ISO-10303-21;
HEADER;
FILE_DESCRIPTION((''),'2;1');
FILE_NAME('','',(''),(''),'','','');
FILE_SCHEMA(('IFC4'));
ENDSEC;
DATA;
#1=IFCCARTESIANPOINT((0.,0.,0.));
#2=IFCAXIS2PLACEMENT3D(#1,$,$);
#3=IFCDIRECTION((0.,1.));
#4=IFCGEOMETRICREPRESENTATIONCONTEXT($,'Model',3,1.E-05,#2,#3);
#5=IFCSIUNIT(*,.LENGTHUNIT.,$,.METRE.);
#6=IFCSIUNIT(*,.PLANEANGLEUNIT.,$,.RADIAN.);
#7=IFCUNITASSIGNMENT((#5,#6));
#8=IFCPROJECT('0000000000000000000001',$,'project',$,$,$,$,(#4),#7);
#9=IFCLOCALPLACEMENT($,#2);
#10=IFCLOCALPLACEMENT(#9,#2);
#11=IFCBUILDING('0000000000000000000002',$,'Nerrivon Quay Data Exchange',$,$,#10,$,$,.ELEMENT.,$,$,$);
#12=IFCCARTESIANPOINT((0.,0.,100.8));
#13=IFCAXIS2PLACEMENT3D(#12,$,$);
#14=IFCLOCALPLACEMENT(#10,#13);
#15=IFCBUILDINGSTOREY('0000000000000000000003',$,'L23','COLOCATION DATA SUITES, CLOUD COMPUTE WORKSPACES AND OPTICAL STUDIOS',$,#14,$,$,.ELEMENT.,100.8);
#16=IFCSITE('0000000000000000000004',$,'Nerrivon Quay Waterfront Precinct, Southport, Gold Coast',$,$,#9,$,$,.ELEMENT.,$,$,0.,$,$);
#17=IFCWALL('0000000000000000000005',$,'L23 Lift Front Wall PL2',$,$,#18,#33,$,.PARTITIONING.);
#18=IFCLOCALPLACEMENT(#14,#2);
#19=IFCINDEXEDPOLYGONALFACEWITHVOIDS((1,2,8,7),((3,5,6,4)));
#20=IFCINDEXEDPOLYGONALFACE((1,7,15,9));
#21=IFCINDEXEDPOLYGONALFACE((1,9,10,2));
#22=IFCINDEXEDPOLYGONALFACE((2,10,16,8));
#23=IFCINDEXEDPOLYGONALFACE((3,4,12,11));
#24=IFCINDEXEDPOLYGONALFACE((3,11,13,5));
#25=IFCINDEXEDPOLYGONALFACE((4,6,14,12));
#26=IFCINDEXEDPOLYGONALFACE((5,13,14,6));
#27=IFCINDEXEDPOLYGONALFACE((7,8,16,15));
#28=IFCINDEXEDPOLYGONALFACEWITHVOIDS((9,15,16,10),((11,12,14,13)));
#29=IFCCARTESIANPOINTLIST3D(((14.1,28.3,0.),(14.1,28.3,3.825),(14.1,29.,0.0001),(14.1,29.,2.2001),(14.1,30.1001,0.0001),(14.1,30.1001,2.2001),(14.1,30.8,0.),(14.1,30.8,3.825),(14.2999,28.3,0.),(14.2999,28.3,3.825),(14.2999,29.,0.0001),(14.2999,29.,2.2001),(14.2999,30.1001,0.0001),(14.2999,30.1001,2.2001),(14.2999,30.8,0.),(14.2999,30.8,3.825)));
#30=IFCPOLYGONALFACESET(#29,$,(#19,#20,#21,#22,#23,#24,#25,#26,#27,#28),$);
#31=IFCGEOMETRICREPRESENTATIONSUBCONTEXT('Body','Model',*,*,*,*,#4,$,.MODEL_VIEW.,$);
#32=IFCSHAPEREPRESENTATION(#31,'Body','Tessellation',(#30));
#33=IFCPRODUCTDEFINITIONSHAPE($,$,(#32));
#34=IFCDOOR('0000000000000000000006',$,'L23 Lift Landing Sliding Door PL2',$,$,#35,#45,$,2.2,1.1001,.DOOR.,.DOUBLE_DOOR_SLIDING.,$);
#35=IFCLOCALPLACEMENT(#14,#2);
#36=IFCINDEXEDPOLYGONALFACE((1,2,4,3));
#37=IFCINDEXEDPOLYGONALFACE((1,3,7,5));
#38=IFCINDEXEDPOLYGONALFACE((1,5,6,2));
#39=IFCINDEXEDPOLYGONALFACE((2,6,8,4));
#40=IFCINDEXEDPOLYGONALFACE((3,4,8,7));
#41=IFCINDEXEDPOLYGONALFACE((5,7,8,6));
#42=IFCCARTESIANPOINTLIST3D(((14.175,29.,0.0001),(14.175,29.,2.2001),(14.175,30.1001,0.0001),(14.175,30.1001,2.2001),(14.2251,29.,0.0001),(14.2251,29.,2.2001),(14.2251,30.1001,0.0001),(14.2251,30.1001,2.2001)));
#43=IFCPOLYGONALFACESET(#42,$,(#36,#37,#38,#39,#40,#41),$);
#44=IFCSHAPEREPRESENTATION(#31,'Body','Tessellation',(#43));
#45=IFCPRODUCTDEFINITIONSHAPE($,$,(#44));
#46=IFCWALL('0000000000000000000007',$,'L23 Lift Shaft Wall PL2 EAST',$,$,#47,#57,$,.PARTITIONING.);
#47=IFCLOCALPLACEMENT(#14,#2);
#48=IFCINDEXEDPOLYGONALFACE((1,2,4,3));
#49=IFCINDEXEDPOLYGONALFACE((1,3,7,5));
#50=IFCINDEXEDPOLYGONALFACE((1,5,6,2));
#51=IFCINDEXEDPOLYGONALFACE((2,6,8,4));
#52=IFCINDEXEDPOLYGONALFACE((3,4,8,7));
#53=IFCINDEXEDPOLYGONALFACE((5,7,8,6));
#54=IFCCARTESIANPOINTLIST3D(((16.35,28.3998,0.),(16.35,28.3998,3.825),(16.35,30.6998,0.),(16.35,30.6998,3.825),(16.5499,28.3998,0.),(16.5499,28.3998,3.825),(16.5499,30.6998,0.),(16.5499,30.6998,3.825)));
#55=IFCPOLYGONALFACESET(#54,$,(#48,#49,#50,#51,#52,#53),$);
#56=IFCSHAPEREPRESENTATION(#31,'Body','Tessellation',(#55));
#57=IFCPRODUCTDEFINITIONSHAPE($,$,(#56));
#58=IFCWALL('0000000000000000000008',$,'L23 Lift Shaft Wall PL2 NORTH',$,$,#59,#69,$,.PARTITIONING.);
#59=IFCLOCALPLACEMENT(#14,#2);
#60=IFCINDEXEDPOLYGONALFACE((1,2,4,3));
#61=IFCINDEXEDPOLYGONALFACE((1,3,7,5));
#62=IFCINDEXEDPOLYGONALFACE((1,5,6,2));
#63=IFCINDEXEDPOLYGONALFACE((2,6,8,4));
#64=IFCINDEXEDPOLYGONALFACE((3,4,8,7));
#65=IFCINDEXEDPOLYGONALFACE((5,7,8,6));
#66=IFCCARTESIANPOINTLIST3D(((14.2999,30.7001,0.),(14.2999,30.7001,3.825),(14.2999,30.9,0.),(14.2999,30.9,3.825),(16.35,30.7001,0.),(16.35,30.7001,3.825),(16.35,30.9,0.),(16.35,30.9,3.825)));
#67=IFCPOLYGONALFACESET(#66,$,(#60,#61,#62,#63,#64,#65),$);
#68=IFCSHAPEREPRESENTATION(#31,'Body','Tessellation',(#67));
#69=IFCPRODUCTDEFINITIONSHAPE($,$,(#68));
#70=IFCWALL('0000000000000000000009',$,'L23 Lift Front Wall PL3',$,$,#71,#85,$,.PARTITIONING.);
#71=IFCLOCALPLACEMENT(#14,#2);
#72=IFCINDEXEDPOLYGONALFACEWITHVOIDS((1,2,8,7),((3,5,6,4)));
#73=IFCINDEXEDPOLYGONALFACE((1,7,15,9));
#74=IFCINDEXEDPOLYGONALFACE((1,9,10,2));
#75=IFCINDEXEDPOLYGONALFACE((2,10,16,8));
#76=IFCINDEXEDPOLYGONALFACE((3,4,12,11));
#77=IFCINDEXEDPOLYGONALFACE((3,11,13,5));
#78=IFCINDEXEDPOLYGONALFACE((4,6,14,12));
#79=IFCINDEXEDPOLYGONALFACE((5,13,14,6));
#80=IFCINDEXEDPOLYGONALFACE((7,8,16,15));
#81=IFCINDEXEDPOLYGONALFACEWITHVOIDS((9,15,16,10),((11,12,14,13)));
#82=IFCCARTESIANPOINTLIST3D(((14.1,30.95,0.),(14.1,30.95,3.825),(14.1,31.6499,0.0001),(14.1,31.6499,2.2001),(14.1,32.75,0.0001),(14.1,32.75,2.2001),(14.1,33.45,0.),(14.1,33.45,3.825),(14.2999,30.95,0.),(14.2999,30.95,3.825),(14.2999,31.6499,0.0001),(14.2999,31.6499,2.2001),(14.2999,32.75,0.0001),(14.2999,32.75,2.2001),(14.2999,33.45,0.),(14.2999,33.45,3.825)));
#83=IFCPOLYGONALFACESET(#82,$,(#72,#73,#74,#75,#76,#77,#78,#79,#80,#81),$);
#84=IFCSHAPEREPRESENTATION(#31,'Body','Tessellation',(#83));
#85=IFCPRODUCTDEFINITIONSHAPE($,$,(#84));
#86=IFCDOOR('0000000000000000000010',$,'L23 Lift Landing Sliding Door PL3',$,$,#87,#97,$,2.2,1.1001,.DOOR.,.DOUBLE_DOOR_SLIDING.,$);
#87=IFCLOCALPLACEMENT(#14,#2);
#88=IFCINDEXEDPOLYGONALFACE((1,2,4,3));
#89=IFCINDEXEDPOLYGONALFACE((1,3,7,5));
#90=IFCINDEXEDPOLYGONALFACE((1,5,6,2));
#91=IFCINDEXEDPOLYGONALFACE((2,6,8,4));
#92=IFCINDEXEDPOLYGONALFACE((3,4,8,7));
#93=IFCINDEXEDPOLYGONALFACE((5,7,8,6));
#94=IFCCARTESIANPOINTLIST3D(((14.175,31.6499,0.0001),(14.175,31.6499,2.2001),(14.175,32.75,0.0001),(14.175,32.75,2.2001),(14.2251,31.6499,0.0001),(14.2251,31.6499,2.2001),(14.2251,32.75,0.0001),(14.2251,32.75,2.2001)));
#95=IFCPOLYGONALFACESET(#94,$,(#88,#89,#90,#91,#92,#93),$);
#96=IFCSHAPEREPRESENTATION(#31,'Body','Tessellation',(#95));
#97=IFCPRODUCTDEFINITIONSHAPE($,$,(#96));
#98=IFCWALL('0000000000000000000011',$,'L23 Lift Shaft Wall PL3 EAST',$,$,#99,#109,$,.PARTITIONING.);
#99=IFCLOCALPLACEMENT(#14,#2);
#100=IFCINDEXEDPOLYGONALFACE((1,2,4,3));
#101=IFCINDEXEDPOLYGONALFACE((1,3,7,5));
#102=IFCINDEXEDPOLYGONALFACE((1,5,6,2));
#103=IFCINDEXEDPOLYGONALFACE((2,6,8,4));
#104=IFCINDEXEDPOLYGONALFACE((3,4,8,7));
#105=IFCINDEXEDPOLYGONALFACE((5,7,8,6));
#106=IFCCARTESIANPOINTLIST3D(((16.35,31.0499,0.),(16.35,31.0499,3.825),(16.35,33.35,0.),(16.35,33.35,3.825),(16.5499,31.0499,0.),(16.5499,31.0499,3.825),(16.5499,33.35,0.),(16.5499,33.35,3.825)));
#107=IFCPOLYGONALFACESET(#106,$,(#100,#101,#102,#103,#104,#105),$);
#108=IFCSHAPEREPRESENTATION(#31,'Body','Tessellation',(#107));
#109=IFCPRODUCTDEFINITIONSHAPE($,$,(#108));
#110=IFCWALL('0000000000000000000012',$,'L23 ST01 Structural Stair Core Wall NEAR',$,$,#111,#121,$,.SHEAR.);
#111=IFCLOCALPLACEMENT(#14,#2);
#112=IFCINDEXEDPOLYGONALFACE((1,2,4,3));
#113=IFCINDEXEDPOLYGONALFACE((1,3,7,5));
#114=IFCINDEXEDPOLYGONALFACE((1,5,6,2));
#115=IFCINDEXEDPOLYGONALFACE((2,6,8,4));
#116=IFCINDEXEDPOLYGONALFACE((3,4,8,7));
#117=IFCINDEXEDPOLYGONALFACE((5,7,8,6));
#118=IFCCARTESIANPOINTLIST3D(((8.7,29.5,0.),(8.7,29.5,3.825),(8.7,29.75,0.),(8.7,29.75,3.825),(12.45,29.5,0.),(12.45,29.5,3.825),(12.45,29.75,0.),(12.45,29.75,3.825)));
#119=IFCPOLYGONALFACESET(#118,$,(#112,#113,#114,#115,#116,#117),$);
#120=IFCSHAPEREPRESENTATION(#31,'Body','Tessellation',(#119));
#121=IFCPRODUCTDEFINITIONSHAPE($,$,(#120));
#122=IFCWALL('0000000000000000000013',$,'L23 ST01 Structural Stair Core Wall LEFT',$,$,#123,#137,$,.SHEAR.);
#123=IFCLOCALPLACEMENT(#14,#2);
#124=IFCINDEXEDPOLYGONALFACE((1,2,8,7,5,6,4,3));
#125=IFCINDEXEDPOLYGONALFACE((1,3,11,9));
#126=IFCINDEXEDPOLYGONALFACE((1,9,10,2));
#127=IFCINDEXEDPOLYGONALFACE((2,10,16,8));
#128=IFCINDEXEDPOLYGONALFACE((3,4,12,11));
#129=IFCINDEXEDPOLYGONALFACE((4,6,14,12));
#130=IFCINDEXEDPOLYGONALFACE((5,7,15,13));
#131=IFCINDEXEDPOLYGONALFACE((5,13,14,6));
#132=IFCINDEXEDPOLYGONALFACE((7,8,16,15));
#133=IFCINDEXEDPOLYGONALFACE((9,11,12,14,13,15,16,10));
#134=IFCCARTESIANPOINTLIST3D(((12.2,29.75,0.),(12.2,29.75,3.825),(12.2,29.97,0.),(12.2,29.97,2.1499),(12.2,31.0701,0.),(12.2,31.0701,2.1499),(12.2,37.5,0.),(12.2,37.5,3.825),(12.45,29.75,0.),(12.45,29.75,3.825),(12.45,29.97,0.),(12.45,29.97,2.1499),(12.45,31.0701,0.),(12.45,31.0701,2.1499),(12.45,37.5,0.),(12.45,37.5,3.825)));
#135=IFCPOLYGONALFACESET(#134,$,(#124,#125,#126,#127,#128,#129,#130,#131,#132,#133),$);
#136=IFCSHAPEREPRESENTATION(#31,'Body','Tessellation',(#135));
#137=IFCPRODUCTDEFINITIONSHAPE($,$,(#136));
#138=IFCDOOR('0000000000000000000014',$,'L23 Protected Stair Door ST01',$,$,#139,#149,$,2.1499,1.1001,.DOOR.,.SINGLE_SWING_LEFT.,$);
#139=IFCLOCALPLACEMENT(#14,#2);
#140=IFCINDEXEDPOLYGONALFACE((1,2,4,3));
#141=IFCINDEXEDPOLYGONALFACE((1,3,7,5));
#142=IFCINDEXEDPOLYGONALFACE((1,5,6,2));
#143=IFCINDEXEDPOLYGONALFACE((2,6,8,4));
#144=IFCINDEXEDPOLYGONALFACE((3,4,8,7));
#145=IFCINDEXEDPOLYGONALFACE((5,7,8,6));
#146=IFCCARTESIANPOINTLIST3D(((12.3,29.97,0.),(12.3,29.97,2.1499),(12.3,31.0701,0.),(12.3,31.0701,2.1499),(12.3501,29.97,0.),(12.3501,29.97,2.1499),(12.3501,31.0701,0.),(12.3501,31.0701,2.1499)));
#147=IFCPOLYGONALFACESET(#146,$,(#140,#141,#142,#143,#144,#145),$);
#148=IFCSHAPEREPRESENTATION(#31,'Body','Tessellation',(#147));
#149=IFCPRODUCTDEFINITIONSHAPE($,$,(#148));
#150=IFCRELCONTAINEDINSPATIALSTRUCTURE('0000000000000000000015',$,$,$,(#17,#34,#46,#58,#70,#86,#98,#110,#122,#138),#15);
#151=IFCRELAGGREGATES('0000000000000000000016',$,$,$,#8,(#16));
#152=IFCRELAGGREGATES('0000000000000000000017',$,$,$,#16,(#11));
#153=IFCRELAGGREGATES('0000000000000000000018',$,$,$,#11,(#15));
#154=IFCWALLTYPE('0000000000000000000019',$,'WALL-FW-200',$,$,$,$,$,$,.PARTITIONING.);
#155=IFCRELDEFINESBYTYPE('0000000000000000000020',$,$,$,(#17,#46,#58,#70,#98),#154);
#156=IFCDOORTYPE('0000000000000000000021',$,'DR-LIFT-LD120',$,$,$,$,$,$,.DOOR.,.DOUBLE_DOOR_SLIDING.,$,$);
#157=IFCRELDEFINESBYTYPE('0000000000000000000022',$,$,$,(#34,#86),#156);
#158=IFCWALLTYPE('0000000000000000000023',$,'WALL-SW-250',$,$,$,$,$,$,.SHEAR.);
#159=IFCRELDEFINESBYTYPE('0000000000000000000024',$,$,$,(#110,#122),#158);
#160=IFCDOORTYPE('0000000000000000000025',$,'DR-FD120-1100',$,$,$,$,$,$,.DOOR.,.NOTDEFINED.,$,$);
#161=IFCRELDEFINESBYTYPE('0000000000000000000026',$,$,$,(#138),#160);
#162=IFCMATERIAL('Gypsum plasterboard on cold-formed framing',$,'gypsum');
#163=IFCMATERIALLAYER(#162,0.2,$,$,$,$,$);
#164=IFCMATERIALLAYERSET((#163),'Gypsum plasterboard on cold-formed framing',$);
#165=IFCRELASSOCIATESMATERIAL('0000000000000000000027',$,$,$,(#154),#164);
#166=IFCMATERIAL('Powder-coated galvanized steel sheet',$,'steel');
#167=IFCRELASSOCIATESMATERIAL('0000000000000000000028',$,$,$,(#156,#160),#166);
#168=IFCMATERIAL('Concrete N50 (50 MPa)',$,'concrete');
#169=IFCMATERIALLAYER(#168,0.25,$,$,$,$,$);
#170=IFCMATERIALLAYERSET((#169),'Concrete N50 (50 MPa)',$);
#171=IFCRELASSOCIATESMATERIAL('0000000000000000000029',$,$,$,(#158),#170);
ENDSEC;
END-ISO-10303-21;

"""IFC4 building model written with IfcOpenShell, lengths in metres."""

from ifc_helpers import new_model, si_unit, direction, frame, frame_2d, origin, place, context, subcontext, project, spatial, rectangle, extrude, material, layer, layer_set, type_object, element, fill, save


model = new_model("IFC4")

# Units and contexts
model_context = context("Model", 3, precision=1e-05, world=origin(), true_north=direction((0.0, 1.0)))
body_context = subcontext(model_context, "Body", "Model", "MODEL_VIEW")
ifc_project = project(units=[si_unit("LENGTHUNIT", "METRE"), si_unit("PLANEANGLEUNIT", "RADIAN")], contexts=[model_context])

# Site, building, storey
site_placement = place(None, origin())
site = spatial("IfcSite", under=ifc_project, at=site_placement, Name="Nerrivon Quay Waterfront Precinct, Southport, Gold Coast", CompositionType="ELEMENT", RefElevation=0.0)
building_placement = place(site_placement, origin())
building = spatial("IfcBuilding", under=site, at=building_placement, Name="Nerrivon Quay Data Exchange", CompositionType="ELEMENT")
storey_placement = place(building_placement, frame((0.0, 0.0, 100.8)))
storey = spatial("IfcBuildingStorey", under=building, at=storey_placement, Name="L23", Description="COLOCATION DATA SUITES, CLOUD COMPUTE WORKSPACES AND OPTICAL STUDIOS", CompositionType="ELEMENT", Elevation=100.8)

# Shared definitions
ifc_material_1 = material(Name="Gypsum plasterboard on cold-formed framing", Category="gypsum")
ifc_layer_1 = layer(ifc_material_1, 0.2)
ifc_layer_set_1 = layer_set([ifc_layer_1], Name="Gypsum plasterboard on cold-formed framing")
wall_type_1 = type_object("IfcWallType", Name="WALL-FW-200", PredefinedType="PARTITIONING", material=ifc_layer_set_1)
ifc_material_2 = material(Name="Powder-coated galvanized steel sheet", Category="steel")
door_type_1 = type_object("IfcDoorType", Name="DR-LIFT-LD120", OperationType="DOUBLE_DOOR_SLIDING", PredefinedType="DOOR", material=ifc_material_2)

# Wall, opening, door
wall_1_placement = place(storey_placement, frame((14.2, 28.3, 0.0), z_axis=(0.0, 0.0, 1.0), x_axis=(0.0, 1.0, 0.0)))
wall_1 = element("IfcWall", 1, at=wall_1_placement, inside=storey, type_object=wall_type_1, Name="L23 Lift Front Wall PL2", PredefinedType="PARTITIONING", context=body_context, shape_type="SweptSolid", body=[
    extrude(rectangle(XDim=2.5, YDim=0.2, at=frame_2d((1.25, 0.0))), origin(), (0.0, 0.0, 1.0), 3.825),
])
opening_1_placement = place(wall_1_placement, frame((0.7, 0.0, 0.0)))
opening_1 = element("IfcOpeningElement", 2, at=opening_1_placement, cuts=wall_1, PredefinedType="OPENING", context=body_context, shape_type="SweptSolid", body=[
    extrude(rectangle(XDim=1.1001, YDim=2.2, at=frame_2d((0.55, 1.1001))), frame((0.0, 0.1099, 0.0), z_axis=(0.0, -1.0, 0.0), x_axis=(1.0, 0.0, 0.0)), (0.0, 0.0, 1.0), 0.22),
])
door_1_placement = place(opening_1_placement, origin())
door_1 = element("IfcDoor", 3, at=door_1_placement, inside=storey, type_object=door_type_1, Name="L23 Lift Landing Sliding Door PL2", OperationType="DOUBLE_DOOR_SLIDING", OverallHeight=2.2, OverallWidth=1.1001, PredefinedType="DOOR", context=body_context, shape_type="SweptSolid", body=[
    extrude(rectangle(XDim=1.1001, YDim=2.2, at=frame_2d((0.55, 1.1001))), frame((0.0, 0.0249, 0.0), z_axis=(0.0, -1.0, 0.0), x_axis=(1.0, 0.0, 0.0)), (0.0, 0.0, 1.0), 0.05),
])
fill(opening_1, door_1)

# Walls
wall_2_placement = place(storey_placement, frame((16.45, 28.3999, 0.0), z_axis=(0.0, 0.0, 1.0), x_axis=(0.0, 1.0, 0.0)))
element("IfcWall", 4, at=wall_2_placement, inside=storey, type_object=wall_type_1, Name="L23 Lift Shaft Wall PL2 EAST", PredefinedType="PARTITIONING", context=body_context, shape_type="SweptSolid", body=[
    extrude(rectangle(XDim=2.3, YDim=0.2, at=frame_2d((1.1499, 0.0))), origin(), (0.0, 0.0, 1.0), 3.825),
])
wall_3_placement = place(storey_placement, frame((14.3, 30.8, 0.0), z_axis=(0.0, 0.0, 1.0), x_axis=(1.0, 0.0, 0.0)))
element("IfcWall", 5, at=wall_3_placement, inside=storey, type_object=wall_type_1, Name="L23 Lift Shaft Wall PL2 NORTH", PredefinedType="PARTITIONING", context=body_context, shape_type="SweptSolid", body=[
    extrude(rectangle(XDim=2.05, YDim=0.2, at=frame_2d((1.0249, 0.0))), origin(), (0.0, 0.0, 1.0), 3.825),
])

# Wall, opening, door
wall_4_placement = place(storey_placement, frame((14.2, 30.95, 0.0), z_axis=(0.0, 0.0, 1.0), x_axis=(0.0, 1.0, 0.0)))
wall_4 = element("IfcWall", 6, at=wall_4_placement, inside=storey, type_object=wall_type_1, Name="L23 Lift Front Wall PL3", PredefinedType="PARTITIONING", context=body_context, shape_type="SweptSolid", body=[
    extrude(rectangle(XDim=2.5, YDim=0.2, at=frame_2d((1.25, 0.0))), origin(), (0.0, 0.0, 1.0), 3.825),
])
opening_2_placement = place(wall_4_placement, frame((0.7, 0.0, 0.0)))
opening_2 = element("IfcOpeningElement", 7, at=opening_2_placement, cuts=wall_4, PredefinedType="OPENING", context=body_context, shape_type="SweptSolid", body=[
    extrude(rectangle(XDim=1.1001, YDim=2.2, at=frame_2d((0.55, 1.1001))), frame((0.0, 0.1099, 0.0), z_axis=(0.0, -1.0, 0.0), x_axis=(1.0, 0.0, 0.0)), (0.0, 0.0, 1.0), 0.22),
])
door_2_placement = place(opening_2_placement, origin())
door_2 = element("IfcDoor", 8, at=door_2_placement, inside=storey, type_object=door_type_1, Name="L23 Lift Landing Sliding Door PL3", OperationType="DOUBLE_DOOR_SLIDING", OverallHeight=2.2, OverallWidth=1.1001, PredefinedType="DOOR", context=body_context, shape_type="SweptSolid", body=[
    extrude(rectangle(XDim=1.1001, YDim=2.2, at=frame_2d((0.55, 1.1001))), frame((0.0, 0.0249, 0.0), z_axis=(0.0, -1.0, 0.0), x_axis=(1.0, 0.0, 0.0)), (0.0, 0.0, 1.0), 0.05),
])
fill(opening_2, door_2)

# Walls
wall_5_placement = place(storey_placement, frame((16.45, 31.05, 0.0), z_axis=(0.0, 0.0, 1.0), x_axis=(0.0, 1.0, 0.0)))
element("IfcWall", 9, at=wall_5_placement, inside=storey, type_object=wall_type_1, Name="L23 Lift Shaft Wall PL3 EAST", PredefinedType="PARTITIONING", context=body_context, shape_type="SweptSolid", body=[
    extrude(rectangle(XDim=2.3, YDim=0.2, at=frame_2d((1.1499, 0.0))), origin(), (0.0, 0.0, 1.0), 3.825),
])
ifc_material_3 = material(Name="Concrete N50 (50 MPa)", Category="concrete")
ifc_layer_2 = layer(ifc_material_3, 0.25)
ifc_layer_set_2 = layer_set([ifc_layer_2], Name="Concrete N50 (50 MPa)")
wall_type_2 = type_object("IfcWallType", Name="WALL-SW-250", PredefinedType="SHEAR", material=ifc_layer_set_2)
wall_6_placement = place(storey_placement, frame((12.45, 29.625, 0.0), z_axis=(0.0, 0.0, 1.0), x_axis=(-1.0, 0.0, 0.0)))
element("IfcWall", 10, at=wall_6_placement, inside=storey, type_object=wall_type_2, Name="L23 ST01 Structural Stair Core Wall NEAR", PredefinedType="SHEAR", context=body_context, shape_type="SweptSolid", body=[
    extrude(rectangle(XDim=3.75, YDim=0.25, at=frame_2d((1.875, 0.0))), origin(), (0.0, 0.0, 1.0), 3.825),
])

# Wall, opening, door
wall_7_placement = place(storey_placement, frame((12.325, 29.75, 0.0), z_axis=(0.0, 0.0, 1.0), x_axis=(0.0, 1.0, 0.0)))
wall_7 = element("IfcWall", 11, at=wall_7_placement, inside=storey, type_object=wall_type_2, Name="L23 ST01 Structural Stair Core Wall LEFT", PredefinedType="SHEAR", context=body_context, shape_type="SweptSolid", body=[
    extrude(rectangle(XDim=7.75, YDim=0.25, at=frame_2d((3.875, 0.0))), origin(), (0.0, 0.0, 1.0), 3.825),
])
opening_3_placement = place(wall_7_placement, frame((0.22, 0.0, 0.0)))
opening_3 = element("IfcOpeningElement", 12, at=opening_3_placement, cuts=wall_7, PredefinedType="OPENING", context=body_context, shape_type="SweptSolid", body=[
    extrude(rectangle(XDim=1.1001, YDim=2.1499, at=frame_2d((0.55, 1.075))), frame((0.0, 0.135, 0.0), z_axis=(0.0, -1.0, 0.0), x_axis=(1.0, 0.0, 0.0)), (0.0, 0.0, 1.0), 0.27),
])
door_type_2 = type_object("IfcDoorType", Name="DR-FD120-1100", OperationType="NOTDEFINED", PredefinedType="DOOR", material=ifc_material_2)
door_3_placement = place(opening_3_placement, origin())
door_3 = element("IfcDoor", 13, at=door_3_placement, inside=storey, type_object=door_type_2, Name="L23 Protected Stair Door ST01", OperationType="SINGLE_SWING_LEFT", OverallHeight=2.1499, OverallWidth=1.1001, PredefinedType="DOOR", context=body_context, shape_type="SweptSolid", body=[
    extrude(rectangle(XDim=1.1001, YDim=2.1499, at=frame_2d((0.55, 1.075))), frame((0.0, 0.0249, 0.0), z_axis=(0.0, -1.0, 0.0), x_axis=(1.0, 0.0, 0.0)), (0.0, 0.0, 1.0), 0.05),
])
fill(opening_3, door_3)

save(model, "model.ifc")
